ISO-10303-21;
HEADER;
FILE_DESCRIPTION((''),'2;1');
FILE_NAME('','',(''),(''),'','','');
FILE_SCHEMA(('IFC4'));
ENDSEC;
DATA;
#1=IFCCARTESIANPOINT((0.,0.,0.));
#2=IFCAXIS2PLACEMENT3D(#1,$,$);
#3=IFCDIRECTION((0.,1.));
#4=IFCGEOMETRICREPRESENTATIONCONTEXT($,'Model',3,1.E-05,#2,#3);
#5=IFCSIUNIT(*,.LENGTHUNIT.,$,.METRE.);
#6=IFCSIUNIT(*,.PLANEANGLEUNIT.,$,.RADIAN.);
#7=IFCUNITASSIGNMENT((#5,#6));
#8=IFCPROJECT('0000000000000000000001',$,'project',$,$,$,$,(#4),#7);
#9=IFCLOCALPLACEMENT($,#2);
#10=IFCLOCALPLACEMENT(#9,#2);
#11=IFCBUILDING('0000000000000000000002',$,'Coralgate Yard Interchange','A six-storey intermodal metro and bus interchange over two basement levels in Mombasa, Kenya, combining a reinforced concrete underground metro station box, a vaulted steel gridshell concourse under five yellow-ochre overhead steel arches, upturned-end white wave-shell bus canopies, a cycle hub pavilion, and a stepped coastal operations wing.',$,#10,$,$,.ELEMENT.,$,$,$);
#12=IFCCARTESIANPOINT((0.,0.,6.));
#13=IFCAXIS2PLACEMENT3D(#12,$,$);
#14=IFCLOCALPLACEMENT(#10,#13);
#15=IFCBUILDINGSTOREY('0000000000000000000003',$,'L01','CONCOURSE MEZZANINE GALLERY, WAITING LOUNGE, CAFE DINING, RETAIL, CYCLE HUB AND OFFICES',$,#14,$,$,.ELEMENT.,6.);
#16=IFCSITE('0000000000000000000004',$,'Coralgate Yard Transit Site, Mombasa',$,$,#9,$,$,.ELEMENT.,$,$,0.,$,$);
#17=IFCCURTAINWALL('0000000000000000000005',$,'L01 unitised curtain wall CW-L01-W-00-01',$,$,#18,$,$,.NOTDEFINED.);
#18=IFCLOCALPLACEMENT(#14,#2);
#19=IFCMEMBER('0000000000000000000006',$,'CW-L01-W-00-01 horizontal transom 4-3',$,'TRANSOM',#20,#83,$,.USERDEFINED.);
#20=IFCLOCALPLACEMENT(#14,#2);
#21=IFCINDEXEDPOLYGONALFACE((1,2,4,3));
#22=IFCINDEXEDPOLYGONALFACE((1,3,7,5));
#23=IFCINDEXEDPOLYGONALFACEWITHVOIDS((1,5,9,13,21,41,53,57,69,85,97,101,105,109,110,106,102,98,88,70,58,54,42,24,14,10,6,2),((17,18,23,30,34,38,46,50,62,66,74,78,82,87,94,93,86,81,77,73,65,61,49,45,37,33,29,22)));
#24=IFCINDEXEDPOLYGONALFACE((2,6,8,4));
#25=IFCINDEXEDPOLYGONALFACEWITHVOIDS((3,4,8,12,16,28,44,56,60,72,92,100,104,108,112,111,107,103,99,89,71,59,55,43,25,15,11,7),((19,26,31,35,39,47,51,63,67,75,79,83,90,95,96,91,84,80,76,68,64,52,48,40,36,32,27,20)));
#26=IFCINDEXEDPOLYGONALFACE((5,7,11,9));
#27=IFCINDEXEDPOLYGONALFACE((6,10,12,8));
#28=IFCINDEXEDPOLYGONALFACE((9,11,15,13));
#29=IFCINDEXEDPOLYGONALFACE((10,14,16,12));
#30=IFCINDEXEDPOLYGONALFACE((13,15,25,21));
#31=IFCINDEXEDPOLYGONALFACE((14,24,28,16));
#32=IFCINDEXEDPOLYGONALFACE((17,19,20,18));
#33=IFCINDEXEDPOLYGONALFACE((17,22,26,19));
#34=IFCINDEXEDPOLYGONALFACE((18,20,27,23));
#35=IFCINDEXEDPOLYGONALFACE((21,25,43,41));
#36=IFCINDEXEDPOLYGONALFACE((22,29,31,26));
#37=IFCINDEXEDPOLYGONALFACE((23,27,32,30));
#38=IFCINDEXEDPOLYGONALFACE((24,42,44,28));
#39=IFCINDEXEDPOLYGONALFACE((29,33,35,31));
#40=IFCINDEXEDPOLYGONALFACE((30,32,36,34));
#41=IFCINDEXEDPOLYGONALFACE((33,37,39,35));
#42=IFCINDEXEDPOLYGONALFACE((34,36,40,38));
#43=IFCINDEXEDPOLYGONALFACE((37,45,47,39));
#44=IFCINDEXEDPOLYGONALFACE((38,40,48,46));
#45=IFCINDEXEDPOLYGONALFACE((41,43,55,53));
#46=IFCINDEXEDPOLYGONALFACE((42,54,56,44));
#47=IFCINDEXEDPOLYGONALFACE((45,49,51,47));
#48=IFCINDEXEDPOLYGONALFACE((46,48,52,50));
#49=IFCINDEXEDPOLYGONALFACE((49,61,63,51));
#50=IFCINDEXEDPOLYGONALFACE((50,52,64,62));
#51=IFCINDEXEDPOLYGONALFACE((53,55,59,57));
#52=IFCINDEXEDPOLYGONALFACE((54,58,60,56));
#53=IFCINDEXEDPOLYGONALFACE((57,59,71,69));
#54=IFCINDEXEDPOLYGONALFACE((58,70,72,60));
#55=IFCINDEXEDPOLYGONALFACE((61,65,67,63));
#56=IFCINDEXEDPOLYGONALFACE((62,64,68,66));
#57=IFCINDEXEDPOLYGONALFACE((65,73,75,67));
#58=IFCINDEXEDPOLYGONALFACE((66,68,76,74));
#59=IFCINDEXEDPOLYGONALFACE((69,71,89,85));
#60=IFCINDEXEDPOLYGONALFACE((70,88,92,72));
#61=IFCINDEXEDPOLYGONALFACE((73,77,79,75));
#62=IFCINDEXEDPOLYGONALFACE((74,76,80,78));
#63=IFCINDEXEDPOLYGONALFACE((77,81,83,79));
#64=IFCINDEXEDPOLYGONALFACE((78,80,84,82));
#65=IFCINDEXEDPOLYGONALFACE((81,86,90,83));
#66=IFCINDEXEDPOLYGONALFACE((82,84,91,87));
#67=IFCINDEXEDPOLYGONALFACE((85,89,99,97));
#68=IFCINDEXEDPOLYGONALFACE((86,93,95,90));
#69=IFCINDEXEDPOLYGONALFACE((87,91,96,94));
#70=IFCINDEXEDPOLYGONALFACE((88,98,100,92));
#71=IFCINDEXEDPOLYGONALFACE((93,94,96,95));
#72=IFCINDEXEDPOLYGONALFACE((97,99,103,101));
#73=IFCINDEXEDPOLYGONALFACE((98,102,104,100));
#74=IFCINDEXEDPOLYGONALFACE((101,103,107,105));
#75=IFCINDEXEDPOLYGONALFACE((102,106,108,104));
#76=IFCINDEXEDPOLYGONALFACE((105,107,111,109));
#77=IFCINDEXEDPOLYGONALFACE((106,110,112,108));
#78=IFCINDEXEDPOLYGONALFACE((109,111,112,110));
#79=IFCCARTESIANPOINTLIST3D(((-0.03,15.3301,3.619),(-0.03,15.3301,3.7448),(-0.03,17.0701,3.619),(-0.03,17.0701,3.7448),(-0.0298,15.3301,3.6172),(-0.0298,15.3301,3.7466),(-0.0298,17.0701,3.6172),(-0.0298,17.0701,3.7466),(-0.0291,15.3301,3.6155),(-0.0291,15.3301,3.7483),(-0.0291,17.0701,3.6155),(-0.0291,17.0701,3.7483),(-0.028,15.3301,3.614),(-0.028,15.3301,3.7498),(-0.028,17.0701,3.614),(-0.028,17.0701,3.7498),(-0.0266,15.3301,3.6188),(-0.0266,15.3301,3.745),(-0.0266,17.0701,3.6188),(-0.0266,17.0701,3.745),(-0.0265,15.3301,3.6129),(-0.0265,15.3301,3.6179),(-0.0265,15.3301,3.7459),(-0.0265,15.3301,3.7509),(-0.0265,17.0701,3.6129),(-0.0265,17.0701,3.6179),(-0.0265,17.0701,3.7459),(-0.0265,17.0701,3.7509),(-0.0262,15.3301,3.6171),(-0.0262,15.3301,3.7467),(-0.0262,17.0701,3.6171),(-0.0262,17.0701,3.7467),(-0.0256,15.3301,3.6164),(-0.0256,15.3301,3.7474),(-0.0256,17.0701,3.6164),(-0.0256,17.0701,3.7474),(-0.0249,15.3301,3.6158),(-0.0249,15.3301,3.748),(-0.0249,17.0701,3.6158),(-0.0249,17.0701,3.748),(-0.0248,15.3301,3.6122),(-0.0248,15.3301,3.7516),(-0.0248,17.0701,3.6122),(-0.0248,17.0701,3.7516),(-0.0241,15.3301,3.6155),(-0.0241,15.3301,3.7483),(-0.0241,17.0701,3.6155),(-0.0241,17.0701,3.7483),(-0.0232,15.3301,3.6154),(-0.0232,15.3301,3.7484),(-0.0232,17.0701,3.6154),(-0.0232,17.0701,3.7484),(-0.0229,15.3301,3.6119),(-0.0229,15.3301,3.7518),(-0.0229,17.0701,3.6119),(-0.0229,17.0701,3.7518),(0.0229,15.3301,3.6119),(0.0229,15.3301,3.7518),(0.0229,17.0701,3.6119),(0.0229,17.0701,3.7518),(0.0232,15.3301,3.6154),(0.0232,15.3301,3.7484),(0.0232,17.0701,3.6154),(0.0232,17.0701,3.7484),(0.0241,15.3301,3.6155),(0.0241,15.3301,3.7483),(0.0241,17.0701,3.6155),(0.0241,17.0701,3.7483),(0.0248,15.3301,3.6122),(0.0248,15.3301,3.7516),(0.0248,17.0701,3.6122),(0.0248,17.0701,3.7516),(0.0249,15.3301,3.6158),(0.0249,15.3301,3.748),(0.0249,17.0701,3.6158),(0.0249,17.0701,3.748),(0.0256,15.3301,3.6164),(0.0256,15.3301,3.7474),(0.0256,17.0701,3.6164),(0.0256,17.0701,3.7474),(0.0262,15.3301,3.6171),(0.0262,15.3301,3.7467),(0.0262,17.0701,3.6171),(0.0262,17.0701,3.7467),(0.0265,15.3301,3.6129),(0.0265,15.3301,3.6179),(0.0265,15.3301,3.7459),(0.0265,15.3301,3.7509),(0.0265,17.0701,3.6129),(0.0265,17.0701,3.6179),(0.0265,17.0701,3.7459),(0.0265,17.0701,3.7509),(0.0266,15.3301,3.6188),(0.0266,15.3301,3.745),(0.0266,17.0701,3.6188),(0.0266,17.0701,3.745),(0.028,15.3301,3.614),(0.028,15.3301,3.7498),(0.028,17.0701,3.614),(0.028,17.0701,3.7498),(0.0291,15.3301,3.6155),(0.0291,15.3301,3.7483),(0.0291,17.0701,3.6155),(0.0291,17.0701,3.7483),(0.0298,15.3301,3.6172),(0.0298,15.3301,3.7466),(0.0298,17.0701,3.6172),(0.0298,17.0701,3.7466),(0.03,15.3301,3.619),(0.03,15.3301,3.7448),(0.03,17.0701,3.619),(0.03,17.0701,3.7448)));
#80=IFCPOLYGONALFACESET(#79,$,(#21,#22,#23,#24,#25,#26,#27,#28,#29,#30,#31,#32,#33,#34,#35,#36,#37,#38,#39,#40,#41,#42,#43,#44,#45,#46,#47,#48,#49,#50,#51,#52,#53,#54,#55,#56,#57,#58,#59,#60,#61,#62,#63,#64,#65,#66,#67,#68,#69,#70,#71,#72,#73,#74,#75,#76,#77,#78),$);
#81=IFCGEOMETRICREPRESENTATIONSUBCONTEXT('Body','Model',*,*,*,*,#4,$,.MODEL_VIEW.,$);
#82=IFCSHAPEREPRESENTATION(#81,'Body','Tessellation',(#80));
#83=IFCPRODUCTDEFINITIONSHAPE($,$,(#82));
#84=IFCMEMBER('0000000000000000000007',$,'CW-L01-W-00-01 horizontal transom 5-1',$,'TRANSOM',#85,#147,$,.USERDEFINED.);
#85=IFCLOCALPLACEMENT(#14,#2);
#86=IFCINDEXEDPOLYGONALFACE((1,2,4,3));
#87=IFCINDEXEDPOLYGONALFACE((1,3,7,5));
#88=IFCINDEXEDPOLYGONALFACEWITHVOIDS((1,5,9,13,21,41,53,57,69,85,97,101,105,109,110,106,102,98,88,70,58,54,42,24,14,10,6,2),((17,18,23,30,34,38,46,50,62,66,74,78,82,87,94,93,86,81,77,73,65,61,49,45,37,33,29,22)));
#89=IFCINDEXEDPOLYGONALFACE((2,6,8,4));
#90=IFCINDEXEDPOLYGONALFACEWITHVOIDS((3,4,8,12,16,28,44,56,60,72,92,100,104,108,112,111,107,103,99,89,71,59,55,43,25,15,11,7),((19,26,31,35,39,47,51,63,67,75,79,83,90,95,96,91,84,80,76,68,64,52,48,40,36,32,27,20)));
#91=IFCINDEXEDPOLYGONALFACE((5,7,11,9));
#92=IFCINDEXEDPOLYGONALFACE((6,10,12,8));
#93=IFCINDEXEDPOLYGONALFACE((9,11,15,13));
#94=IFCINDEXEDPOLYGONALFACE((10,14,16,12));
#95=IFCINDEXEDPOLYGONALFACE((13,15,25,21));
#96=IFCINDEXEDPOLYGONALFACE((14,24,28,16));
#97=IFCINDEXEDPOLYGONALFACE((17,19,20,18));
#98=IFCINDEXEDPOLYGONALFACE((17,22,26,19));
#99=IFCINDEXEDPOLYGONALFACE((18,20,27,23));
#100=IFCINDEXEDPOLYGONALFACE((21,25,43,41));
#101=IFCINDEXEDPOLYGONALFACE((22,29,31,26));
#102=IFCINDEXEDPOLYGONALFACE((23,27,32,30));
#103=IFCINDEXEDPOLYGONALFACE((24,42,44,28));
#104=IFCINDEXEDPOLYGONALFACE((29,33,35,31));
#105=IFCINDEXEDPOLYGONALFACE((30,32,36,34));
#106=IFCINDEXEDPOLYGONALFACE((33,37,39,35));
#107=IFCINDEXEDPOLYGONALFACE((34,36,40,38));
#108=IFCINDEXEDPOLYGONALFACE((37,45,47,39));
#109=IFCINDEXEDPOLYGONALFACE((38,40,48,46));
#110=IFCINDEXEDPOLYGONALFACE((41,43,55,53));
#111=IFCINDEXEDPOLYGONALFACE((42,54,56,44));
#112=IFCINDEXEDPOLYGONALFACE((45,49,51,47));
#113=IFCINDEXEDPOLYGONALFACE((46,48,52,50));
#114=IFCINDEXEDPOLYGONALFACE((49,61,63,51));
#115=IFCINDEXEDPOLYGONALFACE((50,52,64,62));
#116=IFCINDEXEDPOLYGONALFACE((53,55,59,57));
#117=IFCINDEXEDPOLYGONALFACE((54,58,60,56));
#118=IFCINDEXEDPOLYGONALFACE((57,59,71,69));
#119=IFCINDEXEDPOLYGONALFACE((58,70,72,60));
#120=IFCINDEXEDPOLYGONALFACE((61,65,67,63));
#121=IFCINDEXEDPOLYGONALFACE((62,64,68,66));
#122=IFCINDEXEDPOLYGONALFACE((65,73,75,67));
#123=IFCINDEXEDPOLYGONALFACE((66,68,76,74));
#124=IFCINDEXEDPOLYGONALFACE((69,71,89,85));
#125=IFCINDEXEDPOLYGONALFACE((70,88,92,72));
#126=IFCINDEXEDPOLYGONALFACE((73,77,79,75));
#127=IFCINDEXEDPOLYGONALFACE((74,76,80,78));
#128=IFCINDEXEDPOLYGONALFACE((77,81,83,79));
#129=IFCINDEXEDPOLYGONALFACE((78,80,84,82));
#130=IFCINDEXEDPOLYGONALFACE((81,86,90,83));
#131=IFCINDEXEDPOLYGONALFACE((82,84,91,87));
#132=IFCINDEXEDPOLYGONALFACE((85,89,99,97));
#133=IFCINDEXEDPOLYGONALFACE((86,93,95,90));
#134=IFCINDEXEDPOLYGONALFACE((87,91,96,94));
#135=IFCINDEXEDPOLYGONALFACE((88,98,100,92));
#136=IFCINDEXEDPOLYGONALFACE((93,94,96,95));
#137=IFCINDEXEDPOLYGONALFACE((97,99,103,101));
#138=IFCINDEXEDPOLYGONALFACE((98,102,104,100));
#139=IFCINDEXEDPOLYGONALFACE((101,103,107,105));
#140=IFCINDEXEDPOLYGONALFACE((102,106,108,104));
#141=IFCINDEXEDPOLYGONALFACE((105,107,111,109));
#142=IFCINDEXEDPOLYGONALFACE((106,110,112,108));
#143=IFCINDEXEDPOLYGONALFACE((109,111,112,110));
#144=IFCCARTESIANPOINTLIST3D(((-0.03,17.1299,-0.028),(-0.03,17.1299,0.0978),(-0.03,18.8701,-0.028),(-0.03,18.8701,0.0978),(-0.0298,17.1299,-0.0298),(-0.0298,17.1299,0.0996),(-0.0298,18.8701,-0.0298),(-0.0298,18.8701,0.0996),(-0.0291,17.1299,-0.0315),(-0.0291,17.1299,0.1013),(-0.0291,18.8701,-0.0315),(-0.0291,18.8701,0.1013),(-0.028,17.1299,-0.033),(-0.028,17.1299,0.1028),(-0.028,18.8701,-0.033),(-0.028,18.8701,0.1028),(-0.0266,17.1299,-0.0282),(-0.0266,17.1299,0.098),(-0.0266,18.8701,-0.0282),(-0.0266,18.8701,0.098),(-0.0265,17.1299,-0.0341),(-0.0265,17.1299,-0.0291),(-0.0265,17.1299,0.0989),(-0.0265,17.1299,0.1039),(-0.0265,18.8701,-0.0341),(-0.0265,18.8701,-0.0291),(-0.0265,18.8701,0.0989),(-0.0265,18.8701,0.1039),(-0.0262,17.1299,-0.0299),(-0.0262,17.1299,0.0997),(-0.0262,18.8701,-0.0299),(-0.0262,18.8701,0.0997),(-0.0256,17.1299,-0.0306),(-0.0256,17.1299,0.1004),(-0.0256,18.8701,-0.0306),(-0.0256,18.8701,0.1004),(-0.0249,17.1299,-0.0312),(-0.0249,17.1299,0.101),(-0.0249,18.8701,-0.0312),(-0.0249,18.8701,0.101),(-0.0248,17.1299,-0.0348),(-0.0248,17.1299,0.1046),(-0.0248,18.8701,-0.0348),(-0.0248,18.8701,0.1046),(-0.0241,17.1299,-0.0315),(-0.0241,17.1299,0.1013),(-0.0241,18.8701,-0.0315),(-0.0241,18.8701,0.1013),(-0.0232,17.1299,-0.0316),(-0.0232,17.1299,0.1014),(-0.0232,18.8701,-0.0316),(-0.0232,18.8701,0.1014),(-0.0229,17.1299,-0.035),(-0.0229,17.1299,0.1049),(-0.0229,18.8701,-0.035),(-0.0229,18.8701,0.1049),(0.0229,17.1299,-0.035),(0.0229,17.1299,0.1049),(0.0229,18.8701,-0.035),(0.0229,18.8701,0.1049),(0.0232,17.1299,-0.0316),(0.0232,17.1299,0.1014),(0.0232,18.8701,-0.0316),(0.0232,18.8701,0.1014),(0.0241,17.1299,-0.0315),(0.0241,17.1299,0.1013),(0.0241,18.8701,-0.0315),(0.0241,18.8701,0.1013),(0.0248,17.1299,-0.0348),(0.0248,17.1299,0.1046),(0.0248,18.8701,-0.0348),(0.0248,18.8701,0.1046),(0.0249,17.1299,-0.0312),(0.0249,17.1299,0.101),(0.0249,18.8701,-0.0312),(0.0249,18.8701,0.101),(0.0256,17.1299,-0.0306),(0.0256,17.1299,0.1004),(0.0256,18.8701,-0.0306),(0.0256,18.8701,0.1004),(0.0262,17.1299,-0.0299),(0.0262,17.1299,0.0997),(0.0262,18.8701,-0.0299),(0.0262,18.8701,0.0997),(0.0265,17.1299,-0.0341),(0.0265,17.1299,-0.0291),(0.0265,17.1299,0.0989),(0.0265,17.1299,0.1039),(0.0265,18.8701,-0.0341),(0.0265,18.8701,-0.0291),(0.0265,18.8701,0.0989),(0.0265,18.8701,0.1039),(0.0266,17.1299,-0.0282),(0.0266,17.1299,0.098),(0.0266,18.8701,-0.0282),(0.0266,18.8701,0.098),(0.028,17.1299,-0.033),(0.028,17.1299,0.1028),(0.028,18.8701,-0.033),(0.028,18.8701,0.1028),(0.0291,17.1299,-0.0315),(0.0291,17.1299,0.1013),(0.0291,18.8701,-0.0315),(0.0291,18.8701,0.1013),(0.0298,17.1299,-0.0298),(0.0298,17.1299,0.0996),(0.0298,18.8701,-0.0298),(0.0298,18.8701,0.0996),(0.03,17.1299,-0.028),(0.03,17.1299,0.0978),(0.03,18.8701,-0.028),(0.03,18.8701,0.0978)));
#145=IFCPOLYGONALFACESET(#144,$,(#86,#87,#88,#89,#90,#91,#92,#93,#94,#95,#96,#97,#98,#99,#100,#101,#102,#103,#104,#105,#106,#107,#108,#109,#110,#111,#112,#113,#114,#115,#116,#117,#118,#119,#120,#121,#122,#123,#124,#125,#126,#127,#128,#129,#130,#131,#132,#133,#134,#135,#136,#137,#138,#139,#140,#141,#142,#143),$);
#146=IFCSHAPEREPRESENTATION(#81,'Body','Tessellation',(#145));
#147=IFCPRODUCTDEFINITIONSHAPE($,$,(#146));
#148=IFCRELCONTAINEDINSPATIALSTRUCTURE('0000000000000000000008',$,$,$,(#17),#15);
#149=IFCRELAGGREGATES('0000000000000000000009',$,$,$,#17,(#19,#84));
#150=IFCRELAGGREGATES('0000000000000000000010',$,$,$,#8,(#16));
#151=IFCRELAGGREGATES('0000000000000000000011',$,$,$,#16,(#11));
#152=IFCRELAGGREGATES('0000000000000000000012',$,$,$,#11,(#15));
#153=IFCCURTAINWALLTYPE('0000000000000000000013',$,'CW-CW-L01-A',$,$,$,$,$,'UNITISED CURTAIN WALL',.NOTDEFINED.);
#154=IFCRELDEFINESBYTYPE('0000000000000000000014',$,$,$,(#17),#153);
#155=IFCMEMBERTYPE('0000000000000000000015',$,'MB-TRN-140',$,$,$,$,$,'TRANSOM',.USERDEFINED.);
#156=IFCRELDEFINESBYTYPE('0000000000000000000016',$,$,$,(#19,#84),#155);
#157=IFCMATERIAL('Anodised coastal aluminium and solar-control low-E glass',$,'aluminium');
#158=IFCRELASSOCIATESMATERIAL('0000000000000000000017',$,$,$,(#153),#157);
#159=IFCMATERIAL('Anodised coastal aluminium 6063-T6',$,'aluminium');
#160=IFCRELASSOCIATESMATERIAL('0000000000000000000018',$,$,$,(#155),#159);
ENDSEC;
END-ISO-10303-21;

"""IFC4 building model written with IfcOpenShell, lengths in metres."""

from ifc_helpers import new_model, si_unit, direction, frame, origin, origin_2d, place, context, subcontext, project, spatial, hollow_rectangle, extrude, material, material_profile, profile_set, type_object, element, aggregate, save


model = new_model("IFC4")

# Units and contexts
model_context = context("Model", 3, precision=1e-05, world=origin(), true_north=direction((0.0, 1.0)))
body_context = subcontext(model_context, "Body", "Model", "MODEL_VIEW")
ifc_project = project(units=[si_unit("LENGTHUNIT", "METRE"), si_unit("PLANEANGLEUNIT", "RADIAN")], contexts=[model_context])

# Site, building, storey
site_placement = place(None, origin())
site = spatial("IfcSite", under=ifc_project, at=site_placement, Name="Coralgate Yard Transit Site, Mombasa", CompositionType="ELEMENT", RefElevation=0.0)
building_placement = place(site_placement, origin())
building = spatial("IfcBuilding", under=site, at=building_placement, Name="Coralgate Yard Interchange", Description="A six-storey intermodal metro and bus interchange over two basement levels in Mombasa, Kenya, combining a reinforced concrete underground metro station box, a vaulted steel gridshell concourse under five yellow-ochre overhead steel arches, upturned-end white wave-shell bus canopies, a cycle hub pavilion, and a stepped coastal operations wing.", CompositionType="ELEMENT")
storey_placement = place(building_placement, frame((0.0, 0.0, 6.0)))
storey = spatial("IfcBuildingStorey", under=building, at=storey_placement, Name="L01", Description="CONCOURSE MEZZANINE GALLERY, WAITING LOUNGE, CAFE DINING, RETAIL, CYCLE HUB AND OFFICES", CompositionType="ELEMENT", Elevation=6.0)

# Curtain wall, members
ifc_material_1 = material(Name="Anodised coastal aluminium and solar-control low-E glass", Category="aluminium")
curtain_wall_type = type_object("IfcCurtainWallType", Name="CW-CW-L01-A", ElementType="UNITISED CURTAIN WALL", PredefinedType="NOTDEFINED", material=ifc_material_1)
curtain_wall_placement = place(storey_placement, origin())
curtain_wall = element("IfcCurtainWall", 1, at=curtain_wall_placement, inside=storey, type_object=curtain_wall_type, Name="L01 unitised curtain wall CW-L01-W-00-01", PredefinedType="NOTDEFINED")
ifc_material_2 = material(Name="Anodised coastal aluminium 6063-T6", Category="aluminium")
ifc_material_profile_1 = material_profile(ifc_material_2, hollow_rectangle(XDim=0.0601, YDim=0.1399, WallThickness=0.0034, InnerFilletRadius=0.0034, OuterFilletRadius=0.0071, at=origin_2d()), Name="ALU 60x140x3.5")
ifc_profile_set_1 = profile_set([ifc_material_profile_1], Name="Anodised coastal aluminium 6063-T6")
member_type_1 = type_object("IfcMemberType", Name="MB-TRN-140", ElementType="TRANSOM", PredefinedType="USERDEFINED", material=ifc_profile_set_1)
member_1_placement = place(storey_placement, frame((0.0, 15.3301, 3.6819), z_axis=(0.0, 1.0, 0.0), x_axis=(-1.0, 0.0, 0.0)))
member_1 = element("IfcMember", 2, at=member_1_placement, type_object=member_type_1, Name="CW-L01-W-00-01 horizontal transom 4-3", ObjectType="TRANSOM", PredefinedType="USERDEFINED", context=body_context, shape_type="SweptSolid", body=[
    extrude(hollow_rectangle(XDim=0.0601, YDim=0.1399, WallThickness=0.0034, InnerFilletRadius=0.0034, OuterFilletRadius=0.0071, at=origin_2d()), origin(), (0.0, 0.0, 1.0), 1.74),
])
member_2_placement = place(storey_placement, frame((0.0, 17.1299, 0.0349), z_axis=(0.0, 1.0, 0.0), x_axis=(-1.0, 0.0, 0.0)))
member_2 = element("IfcMember", 3, at=member_2_placement, type_object=member_type_1, Name="CW-L01-W-00-01 horizontal transom 5-1", ObjectType="TRANSOM", PredefinedType="USERDEFINED", context=body_context, shape_type="SweptSolid", body=[
    extrude(hollow_rectangle(XDim=0.0601, YDim=0.1399, WallThickness=0.0034, InnerFilletRadius=0.0034, OuterFilletRadius=0.0071, at=origin_2d()), origin(), (0.0, 0.0, 1.0), 1.7402),
])
aggregate(curtain_wall, [member_1, member_2])

save(model, "model.ifc")
